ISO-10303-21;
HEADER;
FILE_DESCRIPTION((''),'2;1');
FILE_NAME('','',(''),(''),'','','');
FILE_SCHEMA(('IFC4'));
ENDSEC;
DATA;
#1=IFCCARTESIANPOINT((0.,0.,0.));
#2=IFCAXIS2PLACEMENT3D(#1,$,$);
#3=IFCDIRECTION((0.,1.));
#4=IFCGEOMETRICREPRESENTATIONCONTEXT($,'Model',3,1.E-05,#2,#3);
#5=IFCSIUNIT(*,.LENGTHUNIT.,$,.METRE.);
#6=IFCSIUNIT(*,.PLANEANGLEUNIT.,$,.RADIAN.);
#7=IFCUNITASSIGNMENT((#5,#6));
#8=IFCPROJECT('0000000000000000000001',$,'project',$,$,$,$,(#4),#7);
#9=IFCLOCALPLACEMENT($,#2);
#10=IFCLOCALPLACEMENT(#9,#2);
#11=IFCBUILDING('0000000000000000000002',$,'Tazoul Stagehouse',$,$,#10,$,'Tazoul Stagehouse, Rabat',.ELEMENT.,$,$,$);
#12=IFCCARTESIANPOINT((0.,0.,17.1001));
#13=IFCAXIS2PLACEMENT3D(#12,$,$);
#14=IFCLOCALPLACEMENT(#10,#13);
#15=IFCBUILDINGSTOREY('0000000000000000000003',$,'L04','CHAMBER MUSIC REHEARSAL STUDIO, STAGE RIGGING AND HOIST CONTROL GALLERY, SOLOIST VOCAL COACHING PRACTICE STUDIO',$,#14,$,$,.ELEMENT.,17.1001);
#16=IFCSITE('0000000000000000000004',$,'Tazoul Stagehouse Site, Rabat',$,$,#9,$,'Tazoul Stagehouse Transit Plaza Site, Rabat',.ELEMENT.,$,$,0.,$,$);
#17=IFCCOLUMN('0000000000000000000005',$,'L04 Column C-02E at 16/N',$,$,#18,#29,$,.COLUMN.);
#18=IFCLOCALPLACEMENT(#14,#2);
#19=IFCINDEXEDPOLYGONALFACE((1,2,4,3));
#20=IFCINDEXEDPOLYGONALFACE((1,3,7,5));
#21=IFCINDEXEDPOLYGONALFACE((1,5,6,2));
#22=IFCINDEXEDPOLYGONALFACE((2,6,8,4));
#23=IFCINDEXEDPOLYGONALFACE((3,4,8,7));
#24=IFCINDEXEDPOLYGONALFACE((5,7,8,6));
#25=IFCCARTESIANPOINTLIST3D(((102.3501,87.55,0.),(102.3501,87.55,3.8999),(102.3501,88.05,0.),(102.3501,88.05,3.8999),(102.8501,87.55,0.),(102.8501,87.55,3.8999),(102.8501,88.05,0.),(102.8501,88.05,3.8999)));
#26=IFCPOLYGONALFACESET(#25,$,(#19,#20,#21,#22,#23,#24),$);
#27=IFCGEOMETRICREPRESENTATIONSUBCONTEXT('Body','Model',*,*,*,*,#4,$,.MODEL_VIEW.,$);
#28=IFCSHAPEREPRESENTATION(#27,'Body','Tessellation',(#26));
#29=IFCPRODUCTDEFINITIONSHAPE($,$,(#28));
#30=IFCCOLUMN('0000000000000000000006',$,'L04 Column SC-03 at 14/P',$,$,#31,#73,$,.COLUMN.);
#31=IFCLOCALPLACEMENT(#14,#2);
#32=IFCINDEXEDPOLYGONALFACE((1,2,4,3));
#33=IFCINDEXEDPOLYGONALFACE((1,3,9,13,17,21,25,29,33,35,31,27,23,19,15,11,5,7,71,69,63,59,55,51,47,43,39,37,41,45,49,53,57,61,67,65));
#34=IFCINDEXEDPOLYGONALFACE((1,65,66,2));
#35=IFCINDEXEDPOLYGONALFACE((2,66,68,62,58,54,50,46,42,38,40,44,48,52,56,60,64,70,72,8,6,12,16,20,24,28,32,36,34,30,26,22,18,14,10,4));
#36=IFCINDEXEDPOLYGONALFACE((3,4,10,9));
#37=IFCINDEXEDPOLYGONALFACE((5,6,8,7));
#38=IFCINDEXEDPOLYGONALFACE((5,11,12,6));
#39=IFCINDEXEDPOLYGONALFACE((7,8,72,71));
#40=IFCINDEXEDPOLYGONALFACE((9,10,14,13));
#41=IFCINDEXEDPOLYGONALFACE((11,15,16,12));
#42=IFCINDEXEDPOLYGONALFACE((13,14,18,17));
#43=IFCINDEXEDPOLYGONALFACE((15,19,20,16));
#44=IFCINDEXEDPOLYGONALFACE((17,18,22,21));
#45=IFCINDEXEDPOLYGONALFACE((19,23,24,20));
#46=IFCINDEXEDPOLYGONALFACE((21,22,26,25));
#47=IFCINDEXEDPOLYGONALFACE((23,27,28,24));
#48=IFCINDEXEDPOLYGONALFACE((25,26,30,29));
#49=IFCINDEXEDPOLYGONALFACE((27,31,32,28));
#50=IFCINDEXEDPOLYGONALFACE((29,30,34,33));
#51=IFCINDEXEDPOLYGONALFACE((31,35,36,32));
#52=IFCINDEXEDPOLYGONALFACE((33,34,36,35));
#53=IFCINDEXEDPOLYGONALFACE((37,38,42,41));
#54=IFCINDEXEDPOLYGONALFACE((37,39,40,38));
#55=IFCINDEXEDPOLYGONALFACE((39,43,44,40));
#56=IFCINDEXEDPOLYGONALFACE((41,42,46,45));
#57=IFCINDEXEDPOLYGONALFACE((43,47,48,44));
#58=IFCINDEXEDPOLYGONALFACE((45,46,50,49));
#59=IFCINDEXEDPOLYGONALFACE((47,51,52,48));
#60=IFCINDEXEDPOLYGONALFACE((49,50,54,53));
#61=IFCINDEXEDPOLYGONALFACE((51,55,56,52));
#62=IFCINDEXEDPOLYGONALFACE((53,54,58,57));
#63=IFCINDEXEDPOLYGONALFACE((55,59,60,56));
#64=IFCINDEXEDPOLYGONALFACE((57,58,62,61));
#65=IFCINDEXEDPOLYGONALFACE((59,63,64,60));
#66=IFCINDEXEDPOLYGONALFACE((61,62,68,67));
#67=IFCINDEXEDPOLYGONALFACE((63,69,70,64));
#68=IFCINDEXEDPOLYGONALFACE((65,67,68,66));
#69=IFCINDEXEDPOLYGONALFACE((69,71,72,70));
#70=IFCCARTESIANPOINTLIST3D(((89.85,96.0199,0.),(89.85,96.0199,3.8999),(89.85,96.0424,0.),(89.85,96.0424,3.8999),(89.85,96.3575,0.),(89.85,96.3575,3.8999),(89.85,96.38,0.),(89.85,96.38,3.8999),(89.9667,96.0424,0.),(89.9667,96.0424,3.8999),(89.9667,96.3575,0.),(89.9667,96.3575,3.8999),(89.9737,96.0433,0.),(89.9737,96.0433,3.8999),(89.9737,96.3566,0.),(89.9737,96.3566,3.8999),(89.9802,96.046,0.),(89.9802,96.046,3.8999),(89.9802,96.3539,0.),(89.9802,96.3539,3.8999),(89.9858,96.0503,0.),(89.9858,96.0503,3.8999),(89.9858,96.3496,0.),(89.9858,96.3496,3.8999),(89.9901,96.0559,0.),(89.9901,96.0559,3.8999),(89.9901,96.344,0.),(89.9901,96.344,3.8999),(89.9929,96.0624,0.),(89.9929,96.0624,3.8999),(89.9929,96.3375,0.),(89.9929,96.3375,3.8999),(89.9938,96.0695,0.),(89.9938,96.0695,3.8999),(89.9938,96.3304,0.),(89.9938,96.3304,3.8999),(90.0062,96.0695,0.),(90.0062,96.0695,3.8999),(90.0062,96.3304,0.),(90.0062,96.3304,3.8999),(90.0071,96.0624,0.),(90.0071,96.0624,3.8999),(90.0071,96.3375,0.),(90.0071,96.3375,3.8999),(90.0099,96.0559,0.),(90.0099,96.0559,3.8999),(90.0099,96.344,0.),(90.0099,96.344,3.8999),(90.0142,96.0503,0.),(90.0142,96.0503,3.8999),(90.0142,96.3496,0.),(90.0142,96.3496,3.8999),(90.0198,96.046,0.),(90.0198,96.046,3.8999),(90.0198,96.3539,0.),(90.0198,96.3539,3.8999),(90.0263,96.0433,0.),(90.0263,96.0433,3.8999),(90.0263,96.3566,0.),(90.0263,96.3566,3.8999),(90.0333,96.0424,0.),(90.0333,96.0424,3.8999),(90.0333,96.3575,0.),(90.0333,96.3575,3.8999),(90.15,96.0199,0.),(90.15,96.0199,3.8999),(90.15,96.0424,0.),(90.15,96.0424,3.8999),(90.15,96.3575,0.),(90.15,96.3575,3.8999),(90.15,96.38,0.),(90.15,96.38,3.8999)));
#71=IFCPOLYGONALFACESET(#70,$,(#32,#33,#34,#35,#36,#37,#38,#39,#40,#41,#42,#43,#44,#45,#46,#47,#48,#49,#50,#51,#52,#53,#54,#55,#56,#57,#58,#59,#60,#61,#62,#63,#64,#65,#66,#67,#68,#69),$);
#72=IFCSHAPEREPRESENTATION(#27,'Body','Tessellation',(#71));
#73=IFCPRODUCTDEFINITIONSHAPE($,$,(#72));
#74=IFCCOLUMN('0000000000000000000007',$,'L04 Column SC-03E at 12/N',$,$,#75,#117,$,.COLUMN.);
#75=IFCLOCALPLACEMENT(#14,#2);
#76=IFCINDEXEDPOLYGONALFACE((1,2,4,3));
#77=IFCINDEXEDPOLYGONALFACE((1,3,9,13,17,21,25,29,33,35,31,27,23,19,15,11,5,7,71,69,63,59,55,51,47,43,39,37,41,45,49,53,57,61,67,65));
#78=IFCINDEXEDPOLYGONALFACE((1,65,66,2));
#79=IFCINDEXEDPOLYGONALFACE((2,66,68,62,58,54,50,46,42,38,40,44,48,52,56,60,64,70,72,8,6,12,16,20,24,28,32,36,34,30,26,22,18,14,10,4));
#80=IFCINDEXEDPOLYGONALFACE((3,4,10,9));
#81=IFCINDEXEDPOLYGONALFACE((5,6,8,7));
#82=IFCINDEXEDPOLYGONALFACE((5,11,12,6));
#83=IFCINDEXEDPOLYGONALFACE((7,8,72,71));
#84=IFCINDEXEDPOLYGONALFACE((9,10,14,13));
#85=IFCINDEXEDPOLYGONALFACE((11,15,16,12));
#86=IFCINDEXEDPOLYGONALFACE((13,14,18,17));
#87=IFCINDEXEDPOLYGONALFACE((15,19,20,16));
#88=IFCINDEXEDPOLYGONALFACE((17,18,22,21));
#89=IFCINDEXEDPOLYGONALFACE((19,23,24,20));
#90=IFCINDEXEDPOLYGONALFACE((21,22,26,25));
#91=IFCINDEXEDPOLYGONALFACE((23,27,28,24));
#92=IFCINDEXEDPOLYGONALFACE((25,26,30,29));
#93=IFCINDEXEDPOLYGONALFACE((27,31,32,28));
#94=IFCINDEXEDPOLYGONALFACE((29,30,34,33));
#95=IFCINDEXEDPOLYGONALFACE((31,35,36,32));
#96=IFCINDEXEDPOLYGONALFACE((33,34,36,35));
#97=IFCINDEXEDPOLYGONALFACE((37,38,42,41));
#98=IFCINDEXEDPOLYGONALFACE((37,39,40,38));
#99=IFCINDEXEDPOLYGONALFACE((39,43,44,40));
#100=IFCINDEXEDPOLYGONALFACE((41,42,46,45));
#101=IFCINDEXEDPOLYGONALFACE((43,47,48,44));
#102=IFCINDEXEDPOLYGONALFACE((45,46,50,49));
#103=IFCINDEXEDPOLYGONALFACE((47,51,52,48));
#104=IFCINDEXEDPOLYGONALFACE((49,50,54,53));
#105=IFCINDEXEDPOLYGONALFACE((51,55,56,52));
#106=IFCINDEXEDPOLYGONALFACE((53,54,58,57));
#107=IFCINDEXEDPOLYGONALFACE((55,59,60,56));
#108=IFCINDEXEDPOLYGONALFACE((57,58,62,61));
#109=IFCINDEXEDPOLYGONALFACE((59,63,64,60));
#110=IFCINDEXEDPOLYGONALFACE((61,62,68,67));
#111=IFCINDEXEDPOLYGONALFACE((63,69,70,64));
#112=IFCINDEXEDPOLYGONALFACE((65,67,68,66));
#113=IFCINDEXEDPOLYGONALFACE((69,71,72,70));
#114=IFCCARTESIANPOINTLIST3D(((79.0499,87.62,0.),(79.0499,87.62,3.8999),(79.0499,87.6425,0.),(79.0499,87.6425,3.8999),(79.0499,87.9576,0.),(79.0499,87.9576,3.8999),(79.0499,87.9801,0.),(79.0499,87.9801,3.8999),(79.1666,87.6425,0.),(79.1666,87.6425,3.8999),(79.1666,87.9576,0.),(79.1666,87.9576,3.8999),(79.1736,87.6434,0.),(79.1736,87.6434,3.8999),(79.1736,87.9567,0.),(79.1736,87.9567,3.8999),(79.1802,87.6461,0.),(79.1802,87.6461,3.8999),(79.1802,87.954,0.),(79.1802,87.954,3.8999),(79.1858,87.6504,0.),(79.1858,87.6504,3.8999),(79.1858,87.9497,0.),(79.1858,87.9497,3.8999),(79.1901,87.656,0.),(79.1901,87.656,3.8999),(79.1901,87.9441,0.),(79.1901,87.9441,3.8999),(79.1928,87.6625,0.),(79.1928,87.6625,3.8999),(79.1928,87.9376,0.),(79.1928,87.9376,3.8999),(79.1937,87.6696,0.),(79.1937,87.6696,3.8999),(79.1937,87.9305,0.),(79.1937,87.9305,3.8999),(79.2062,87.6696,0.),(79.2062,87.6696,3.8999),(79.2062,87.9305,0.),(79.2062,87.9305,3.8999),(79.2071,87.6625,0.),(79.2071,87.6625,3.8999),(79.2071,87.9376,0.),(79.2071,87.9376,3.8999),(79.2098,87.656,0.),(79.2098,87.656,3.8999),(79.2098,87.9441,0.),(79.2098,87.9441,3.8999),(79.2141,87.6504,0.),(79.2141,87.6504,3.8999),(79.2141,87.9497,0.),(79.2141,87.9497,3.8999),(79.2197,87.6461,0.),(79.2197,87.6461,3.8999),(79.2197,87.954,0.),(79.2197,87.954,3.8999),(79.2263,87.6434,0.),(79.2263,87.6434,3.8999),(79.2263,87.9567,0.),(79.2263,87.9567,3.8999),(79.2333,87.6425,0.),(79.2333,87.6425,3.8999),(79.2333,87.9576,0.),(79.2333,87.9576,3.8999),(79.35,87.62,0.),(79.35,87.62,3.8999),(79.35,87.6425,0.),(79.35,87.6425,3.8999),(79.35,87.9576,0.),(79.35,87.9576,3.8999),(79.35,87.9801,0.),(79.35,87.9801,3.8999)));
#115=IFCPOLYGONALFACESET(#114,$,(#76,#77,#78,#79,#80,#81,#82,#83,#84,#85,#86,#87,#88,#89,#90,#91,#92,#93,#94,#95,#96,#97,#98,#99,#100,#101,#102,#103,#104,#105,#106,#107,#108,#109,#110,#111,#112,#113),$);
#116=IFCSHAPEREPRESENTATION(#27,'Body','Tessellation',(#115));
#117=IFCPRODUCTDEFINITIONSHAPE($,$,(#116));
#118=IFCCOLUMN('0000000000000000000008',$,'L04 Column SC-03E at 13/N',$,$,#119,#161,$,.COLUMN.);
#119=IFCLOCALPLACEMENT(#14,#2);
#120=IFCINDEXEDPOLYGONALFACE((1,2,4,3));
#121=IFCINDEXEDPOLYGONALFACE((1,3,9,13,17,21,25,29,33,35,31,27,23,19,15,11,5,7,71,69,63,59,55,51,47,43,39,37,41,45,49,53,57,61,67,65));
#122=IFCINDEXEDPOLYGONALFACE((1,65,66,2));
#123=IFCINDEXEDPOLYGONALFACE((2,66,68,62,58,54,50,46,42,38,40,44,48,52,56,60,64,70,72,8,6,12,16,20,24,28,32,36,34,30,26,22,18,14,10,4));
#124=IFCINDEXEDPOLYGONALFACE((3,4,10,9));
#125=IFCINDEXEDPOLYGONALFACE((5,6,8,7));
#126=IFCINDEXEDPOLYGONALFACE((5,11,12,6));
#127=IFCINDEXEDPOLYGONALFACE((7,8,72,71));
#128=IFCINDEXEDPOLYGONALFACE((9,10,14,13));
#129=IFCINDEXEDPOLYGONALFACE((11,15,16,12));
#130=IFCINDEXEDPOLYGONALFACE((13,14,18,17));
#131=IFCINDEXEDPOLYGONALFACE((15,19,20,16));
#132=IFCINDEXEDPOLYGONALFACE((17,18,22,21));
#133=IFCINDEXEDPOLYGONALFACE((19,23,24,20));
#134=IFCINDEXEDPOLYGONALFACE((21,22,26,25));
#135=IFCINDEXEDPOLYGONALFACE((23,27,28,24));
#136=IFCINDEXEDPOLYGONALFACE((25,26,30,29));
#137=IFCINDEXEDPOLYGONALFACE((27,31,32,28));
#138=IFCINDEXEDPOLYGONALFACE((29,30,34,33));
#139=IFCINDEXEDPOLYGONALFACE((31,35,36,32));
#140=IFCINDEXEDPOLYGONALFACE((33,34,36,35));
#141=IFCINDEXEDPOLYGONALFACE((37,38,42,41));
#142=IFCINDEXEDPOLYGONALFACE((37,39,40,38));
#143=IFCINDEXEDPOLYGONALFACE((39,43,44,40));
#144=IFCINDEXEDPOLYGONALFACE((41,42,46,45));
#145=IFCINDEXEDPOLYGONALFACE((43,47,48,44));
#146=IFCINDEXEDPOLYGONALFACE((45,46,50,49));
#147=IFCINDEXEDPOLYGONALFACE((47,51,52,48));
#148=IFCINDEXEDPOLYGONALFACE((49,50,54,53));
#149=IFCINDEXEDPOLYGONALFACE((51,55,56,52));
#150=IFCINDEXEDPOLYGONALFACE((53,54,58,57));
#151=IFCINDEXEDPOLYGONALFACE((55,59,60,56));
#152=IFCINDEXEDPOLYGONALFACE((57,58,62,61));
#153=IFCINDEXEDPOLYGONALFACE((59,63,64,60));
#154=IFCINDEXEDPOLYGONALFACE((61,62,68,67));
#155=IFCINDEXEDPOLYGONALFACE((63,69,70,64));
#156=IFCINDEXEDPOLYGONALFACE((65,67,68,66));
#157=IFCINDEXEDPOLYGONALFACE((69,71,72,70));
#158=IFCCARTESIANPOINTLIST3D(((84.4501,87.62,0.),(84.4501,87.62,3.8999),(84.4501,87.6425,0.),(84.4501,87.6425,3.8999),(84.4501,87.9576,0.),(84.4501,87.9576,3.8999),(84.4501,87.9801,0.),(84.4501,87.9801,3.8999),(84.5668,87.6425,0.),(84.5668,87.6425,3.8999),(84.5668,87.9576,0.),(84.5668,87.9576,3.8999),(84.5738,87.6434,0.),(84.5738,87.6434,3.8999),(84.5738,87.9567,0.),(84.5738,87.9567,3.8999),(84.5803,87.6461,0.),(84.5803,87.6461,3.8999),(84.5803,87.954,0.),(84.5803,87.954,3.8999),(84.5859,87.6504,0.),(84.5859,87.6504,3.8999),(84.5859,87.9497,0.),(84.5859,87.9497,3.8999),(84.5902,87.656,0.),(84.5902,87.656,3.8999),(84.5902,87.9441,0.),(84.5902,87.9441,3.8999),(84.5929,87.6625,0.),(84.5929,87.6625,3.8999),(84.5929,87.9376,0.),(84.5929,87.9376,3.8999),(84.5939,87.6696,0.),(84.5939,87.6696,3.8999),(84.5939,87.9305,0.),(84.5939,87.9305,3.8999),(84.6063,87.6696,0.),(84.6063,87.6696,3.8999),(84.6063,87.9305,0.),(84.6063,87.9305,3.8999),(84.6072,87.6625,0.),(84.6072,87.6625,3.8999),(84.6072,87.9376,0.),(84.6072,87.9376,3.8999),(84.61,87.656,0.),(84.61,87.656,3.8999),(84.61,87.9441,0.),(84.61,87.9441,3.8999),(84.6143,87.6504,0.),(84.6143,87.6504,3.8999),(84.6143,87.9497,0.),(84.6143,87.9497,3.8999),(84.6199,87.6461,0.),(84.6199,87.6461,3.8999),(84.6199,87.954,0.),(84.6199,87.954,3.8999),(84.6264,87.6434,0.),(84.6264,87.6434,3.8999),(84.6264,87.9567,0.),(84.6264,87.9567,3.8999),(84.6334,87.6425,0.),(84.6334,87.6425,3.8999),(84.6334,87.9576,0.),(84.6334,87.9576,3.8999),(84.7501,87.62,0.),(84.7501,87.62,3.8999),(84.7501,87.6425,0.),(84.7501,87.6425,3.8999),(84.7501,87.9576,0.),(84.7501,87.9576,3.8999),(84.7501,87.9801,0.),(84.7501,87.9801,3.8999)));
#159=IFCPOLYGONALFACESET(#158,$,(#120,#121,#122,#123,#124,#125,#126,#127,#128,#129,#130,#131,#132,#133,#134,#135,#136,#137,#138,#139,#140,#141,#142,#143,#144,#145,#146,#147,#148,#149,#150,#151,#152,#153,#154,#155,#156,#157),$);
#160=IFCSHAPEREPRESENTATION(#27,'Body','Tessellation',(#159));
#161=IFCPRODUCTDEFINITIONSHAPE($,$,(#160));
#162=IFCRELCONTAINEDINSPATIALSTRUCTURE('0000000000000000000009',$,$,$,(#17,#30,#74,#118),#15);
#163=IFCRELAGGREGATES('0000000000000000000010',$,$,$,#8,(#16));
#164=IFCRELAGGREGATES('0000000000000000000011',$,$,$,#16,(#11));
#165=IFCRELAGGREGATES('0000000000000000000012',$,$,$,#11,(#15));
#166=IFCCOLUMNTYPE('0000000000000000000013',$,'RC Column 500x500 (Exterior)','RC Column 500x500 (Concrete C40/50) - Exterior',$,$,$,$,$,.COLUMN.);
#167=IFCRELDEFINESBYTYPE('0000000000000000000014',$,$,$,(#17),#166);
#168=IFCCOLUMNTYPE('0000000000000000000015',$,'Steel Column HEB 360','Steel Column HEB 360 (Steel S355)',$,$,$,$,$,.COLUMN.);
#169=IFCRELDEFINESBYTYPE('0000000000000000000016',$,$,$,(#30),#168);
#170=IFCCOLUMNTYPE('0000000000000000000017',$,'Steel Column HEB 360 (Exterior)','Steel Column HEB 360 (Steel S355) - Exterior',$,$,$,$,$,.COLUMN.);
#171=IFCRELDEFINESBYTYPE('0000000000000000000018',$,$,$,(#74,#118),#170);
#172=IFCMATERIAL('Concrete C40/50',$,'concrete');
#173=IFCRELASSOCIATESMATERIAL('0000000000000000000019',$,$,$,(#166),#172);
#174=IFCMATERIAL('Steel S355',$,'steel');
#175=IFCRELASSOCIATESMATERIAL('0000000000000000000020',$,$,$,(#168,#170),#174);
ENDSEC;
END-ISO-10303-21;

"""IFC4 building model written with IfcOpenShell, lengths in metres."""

from ifc_helpers import new_model, si_unit, direction, frame, origin, origin_2d, place, context, subcontext, project, spatial, rectangle, i_section, extrude, material, material_profile, profile_set, type_object, element, save


model = new_model("IFC4")

# Units and contexts
model_context = context("Model", 3, precision=1e-05, world=origin(), true_north=direction((0.0, 1.0)))
body_context = subcontext(model_context, "Body", "Model", "MODEL_VIEW")
ifc_project = project(units=[si_unit("LENGTHUNIT", "METRE"), si_unit("PLANEANGLEUNIT", "RADIAN")], contexts=[model_context])

# Site, building, storey
site_placement = place(None, origin())
site = spatial("IfcSite", under=ifc_project, at=site_placement, Name="Tazoul Stagehouse Site, Rabat", LongName="Tazoul Stagehouse Transit Plaza Site, Rabat", CompositionType="ELEMENT", RefElevation=0.0)
building_placement = place(site_placement, origin())
building = spatial("IfcBuilding", under=site, at=building_placement, Name="Tazoul Stagehouse", LongName="Tazoul Stagehouse, Rabat", CompositionType="ELEMENT")
storey_placement = place(building_placement, frame((0.0, 0.0, 17.1001)))
storey = spatial("IfcBuildingStorey", under=building, at=storey_placement, Name="L04", Description="CHAMBER MUSIC REHEARSAL STUDIO, STAGE RIGGING AND HOIST CONTROL GALLERY, SOLOIST VOCAL COACHING PRACTICE STUDIO", CompositionType="ELEMENT", Elevation=17.1001)

# Columns
ifc_material_1 = material(Name="Concrete C40/50", Category="concrete")
ifc_material_profile_1 = material_profile(ifc_material_1, rectangle(XDim=0.5, YDim=0.5, at=origin_2d()), Name="RC 500x500")
ifc_profile_set_1 = profile_set([ifc_material_profile_1], Name="Concrete C40/50")
column_type_1 = type_object("IfcColumnType", Name="RC Column 500x500 (Exterior)", Description="RC Column 500x500 (Concrete C40/50) - Exterior", PredefinedType="COLUMN", material=ifc_profile_set_1)
column_1_placement = place(storey_placement, frame((102.6001, 87.8, 0.0), z_axis=(0.0, 0.0, 1.0), x_axis=(1.0, 0.0, 0.0)))
element("IfcColumn", 1, at=column_1_placement, inside=storey, type_object=column_type_1, Name="L04 Column C-02E at 16/N", PredefinedType="COLUMN", context=body_context, shape_type="SweptSolid", body=[
    extrude(rectangle(XDim=0.5, YDim=0.5, at=origin_2d()), origin(), (0.0, 0.0, 1.0), 3.8999),
])
ifc_material_2 = material(Name="Steel S355", Category="steel")
ifc_material_profile_2 = material_profile(ifc_material_2, i_section(OverallWidth=0.3, OverallDepth=0.3601, WebThickness=0.0125, FlangeThickness=0.0225, FilletRadius=0.0271, at=origin_2d()), Name="HEB 360")
ifc_profile_set_2 = profile_set([ifc_material_profile_2], Name="Steel S355")
column_type_2 = type_object("IfcColumnType", Name="Steel Column HEB 360", Description="Steel Column HEB 360 (Steel S355)", PredefinedType="COLUMN", material=ifc_profile_set_2)
column_2_placement = place(storey_placement, frame((90.0, 96.2, 0.0), z_axis=(0.0, 0.0, 1.0), x_axis=(1.0, 0.0, 0.0)))
element("IfcColumn", 2, at=column_2_placement, inside=storey, type_object=column_type_2, Name="L04 Column SC-03 at 14/P", PredefinedType="COLUMN", context=body_context, shape_type="SweptSolid", body=[
    extrude(i_section(OverallWidth=0.3, OverallDepth=0.3601, WebThickness=0.0125, FlangeThickness=0.0225, FilletRadius=0.0271, at=origin_2d()), origin(), (0.0, 0.0, 1.0), 3.8999),
])
ifc_material_profile_3 = material_profile(ifc_material_2, i_section(OverallWidth=0.3, OverallDepth=0.3601, WebThickness=0.0125, FlangeThickness=0.0225, FilletRadius=0.0271, at=origin_2d()), Name="HEB 360")
ifc_profile_set_3 = profile_set([ifc_material_profile_3], Name="Steel S355")
column_type_3 = type_object("IfcColumnType", Name="Steel Column HEB 360 (Exterior)", Description="Steel Column HEB 360 (Steel S355) - Exterior", PredefinedType="COLUMN", material=ifc_profile_set_3)
for number, where, z_axis, x_axis, name in (
    (3, (79.2, 87.8, 0.0), (0.0, 0.0, 1.0), (1.0, 0.0, 0.0), "L04 Column SC-03E at 12/N"),
    (4, (84.6001, 87.8, 0.0), (0.0, 0.0, 1.0), (1.0, 0.0, 0.0), "L04 Column SC-03E at 13/N"),
):
    element("IfcColumn", number, at=place(storey_placement, frame(where, z_axis=z_axis, x_axis=x_axis)), inside=storey, type_object=column_type_3, Name=name, PredefinedType="COLUMN", context=body_context, shape_type="SweptSolid", body=[
        extrude(i_section(OverallWidth=0.3, OverallDepth=0.3601, WebThickness=0.0125, FlangeThickness=0.0225, FilletRadius=0.0271, at=origin_2d()), origin(), (0.0, 0.0, 1.0), 3.8999),
    ])

save(model, "model.ifc")
